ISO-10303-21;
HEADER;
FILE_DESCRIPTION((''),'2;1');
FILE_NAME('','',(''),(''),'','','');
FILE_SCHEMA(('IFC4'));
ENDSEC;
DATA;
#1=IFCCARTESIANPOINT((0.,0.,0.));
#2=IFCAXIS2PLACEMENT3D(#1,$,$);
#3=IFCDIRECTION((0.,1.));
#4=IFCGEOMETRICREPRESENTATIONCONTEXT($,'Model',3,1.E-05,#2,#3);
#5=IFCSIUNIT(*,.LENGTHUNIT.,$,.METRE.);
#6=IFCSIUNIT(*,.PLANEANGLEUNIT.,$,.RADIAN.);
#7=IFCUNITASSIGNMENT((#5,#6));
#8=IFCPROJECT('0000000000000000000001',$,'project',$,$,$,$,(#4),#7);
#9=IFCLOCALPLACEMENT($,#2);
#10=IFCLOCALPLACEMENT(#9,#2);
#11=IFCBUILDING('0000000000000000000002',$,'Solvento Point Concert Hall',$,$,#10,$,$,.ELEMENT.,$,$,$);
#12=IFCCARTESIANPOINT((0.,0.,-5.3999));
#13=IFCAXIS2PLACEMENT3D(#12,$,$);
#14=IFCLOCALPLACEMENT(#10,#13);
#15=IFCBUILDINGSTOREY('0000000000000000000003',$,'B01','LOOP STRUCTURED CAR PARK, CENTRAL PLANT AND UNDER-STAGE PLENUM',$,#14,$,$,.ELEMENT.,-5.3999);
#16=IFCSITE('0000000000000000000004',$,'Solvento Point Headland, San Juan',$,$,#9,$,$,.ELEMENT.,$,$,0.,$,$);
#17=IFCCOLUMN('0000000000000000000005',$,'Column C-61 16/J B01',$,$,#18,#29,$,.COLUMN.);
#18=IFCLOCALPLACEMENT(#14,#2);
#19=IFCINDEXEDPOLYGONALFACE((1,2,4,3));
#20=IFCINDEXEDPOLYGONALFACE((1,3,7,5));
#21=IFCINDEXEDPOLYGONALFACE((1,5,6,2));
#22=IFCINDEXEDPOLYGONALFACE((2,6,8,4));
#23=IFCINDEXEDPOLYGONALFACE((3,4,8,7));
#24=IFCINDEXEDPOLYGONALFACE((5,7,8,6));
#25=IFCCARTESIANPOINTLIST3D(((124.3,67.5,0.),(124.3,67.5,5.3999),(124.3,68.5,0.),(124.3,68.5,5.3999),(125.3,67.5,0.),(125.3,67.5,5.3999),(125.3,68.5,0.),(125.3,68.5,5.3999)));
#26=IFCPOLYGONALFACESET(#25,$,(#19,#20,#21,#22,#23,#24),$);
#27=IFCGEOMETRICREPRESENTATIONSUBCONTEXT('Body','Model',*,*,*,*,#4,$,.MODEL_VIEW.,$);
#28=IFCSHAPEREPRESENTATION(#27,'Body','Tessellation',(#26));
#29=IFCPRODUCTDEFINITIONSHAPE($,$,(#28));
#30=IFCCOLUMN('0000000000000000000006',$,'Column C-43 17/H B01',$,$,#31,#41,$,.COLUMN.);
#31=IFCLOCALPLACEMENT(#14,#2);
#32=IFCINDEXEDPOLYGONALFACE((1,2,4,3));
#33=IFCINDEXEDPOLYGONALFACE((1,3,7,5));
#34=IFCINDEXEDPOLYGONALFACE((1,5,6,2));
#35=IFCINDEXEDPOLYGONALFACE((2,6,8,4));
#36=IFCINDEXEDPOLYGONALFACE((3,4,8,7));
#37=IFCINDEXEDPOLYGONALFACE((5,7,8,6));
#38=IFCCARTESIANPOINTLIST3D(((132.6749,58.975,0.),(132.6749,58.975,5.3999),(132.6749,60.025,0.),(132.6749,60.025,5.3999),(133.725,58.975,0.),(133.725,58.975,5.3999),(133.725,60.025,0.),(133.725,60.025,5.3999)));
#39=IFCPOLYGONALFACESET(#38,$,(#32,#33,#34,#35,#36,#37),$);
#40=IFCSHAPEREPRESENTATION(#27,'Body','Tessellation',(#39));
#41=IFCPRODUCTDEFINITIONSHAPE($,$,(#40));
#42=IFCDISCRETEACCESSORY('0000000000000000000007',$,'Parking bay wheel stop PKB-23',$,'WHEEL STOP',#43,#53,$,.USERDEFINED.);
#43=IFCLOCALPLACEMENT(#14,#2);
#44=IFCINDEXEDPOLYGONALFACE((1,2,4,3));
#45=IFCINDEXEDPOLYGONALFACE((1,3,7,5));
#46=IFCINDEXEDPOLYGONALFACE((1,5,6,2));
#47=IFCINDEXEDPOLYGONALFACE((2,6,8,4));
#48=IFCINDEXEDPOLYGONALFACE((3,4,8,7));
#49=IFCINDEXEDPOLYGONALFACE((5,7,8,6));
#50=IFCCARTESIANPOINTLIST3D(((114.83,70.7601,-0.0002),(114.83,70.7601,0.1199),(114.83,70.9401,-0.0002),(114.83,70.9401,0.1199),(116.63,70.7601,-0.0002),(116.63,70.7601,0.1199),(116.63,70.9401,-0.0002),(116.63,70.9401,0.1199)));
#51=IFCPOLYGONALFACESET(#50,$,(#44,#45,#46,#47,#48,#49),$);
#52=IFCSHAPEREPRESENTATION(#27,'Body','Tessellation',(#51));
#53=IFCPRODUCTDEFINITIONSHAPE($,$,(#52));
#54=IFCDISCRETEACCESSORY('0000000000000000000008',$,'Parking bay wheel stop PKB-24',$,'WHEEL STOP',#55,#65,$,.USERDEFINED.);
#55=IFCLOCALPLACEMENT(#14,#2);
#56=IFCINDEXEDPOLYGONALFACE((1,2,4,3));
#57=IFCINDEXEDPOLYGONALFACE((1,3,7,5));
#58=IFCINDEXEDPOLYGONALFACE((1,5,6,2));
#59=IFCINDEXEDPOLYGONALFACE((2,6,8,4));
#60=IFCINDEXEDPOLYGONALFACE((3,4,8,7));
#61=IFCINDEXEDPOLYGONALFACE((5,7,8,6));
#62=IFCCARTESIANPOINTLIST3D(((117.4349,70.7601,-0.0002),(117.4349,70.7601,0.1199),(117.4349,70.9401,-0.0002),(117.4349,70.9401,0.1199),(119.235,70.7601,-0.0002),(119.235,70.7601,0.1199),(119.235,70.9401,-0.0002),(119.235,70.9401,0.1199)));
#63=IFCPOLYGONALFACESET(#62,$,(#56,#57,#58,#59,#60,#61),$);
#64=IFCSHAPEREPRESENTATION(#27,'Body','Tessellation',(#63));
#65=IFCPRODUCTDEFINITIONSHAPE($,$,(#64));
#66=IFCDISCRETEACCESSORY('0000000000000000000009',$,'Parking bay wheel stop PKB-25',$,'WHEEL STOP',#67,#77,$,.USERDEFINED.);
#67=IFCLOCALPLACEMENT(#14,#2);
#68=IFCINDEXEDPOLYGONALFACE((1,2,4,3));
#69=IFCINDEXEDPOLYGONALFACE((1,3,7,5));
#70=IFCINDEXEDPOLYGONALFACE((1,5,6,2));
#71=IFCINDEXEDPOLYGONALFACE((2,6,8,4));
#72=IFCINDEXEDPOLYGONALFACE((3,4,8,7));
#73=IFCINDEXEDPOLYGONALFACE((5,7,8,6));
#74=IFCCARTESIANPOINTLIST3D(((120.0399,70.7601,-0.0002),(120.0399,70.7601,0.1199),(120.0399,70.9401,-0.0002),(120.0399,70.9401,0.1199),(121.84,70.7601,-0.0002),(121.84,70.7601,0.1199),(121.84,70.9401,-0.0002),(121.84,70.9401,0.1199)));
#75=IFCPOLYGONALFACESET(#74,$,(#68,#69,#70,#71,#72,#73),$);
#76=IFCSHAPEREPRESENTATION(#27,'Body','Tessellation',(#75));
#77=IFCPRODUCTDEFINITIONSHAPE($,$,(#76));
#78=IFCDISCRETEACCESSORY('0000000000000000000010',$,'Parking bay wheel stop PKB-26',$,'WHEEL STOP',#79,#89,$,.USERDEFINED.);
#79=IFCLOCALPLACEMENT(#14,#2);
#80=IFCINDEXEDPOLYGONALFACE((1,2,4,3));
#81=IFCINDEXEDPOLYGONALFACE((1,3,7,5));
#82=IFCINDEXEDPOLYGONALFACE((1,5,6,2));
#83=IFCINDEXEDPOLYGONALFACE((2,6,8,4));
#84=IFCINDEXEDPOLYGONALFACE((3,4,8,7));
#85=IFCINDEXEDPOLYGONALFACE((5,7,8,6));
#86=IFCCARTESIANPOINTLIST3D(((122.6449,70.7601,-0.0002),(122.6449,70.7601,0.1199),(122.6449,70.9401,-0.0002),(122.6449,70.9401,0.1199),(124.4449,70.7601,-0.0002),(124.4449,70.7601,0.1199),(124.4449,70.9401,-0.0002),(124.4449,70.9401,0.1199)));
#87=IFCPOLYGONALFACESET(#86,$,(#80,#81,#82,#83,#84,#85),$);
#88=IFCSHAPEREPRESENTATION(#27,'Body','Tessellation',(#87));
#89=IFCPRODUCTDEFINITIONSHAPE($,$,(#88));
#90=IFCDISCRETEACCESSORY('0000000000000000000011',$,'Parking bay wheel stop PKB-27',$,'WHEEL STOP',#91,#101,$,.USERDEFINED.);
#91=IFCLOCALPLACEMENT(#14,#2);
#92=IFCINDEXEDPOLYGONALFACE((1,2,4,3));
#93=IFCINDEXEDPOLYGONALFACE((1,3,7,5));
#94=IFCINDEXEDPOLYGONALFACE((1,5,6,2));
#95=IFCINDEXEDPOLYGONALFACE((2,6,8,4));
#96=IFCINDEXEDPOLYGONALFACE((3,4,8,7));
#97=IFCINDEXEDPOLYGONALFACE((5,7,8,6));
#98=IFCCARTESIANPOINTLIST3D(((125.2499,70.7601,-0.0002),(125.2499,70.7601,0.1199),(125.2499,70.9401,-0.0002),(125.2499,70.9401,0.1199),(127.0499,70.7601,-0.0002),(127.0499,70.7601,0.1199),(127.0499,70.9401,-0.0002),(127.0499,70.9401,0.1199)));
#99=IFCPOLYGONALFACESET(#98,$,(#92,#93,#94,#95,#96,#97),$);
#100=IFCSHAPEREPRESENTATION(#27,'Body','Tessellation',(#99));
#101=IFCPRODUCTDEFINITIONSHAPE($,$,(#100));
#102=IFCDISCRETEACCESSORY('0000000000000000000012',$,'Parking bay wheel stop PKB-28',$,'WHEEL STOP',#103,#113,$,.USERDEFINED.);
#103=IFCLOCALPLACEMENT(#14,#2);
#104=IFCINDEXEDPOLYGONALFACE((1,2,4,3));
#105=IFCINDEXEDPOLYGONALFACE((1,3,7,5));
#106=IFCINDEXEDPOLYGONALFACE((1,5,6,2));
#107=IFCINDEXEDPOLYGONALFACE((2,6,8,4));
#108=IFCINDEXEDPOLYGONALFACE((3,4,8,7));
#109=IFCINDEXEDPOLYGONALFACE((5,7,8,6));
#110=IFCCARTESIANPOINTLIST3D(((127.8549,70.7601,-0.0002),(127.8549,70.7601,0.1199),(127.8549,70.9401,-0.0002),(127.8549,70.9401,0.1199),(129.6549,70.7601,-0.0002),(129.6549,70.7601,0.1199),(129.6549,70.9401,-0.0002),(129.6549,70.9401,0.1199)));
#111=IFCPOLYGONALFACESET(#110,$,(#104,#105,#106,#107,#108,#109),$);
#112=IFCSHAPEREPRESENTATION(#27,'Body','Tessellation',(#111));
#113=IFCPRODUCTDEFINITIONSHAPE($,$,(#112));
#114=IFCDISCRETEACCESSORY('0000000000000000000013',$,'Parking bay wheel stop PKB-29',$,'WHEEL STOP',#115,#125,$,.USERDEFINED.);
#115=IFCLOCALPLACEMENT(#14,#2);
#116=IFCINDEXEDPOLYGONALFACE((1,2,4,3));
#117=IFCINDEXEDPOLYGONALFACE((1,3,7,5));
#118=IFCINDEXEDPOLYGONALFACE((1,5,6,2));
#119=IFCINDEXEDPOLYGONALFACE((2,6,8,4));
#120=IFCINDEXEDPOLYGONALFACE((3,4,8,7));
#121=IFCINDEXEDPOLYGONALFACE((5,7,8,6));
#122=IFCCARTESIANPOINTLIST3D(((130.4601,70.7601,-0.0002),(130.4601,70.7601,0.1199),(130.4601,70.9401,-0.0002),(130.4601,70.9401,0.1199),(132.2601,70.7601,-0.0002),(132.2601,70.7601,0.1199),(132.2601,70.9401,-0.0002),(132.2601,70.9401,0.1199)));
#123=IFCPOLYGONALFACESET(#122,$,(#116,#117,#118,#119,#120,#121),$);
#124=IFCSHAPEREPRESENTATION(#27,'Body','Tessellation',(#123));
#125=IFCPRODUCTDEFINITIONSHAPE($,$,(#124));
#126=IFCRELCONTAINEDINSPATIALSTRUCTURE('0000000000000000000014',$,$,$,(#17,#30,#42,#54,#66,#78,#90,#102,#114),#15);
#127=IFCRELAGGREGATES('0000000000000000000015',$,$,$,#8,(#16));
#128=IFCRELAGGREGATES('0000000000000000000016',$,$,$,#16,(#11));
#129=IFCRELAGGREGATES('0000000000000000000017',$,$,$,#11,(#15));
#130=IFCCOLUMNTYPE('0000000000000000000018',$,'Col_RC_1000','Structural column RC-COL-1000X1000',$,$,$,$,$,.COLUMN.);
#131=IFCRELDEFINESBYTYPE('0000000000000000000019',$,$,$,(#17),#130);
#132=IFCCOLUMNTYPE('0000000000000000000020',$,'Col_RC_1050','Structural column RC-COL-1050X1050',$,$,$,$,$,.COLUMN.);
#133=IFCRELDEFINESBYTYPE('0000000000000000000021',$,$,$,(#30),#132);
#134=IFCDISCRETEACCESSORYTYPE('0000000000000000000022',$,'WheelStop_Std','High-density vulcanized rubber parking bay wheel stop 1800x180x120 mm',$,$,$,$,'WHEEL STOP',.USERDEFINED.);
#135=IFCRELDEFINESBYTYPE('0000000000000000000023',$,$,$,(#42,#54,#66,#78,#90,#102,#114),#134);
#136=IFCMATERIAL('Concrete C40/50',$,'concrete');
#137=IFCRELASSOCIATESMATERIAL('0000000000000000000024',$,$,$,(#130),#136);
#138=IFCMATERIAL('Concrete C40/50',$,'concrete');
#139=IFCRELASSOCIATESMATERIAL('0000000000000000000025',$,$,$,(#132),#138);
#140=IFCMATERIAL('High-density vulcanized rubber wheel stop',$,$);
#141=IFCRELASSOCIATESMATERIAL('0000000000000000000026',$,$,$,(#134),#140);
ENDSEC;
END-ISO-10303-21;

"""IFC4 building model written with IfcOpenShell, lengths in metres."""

from ifc_helpers import new_model, si_unit, direction, frame, origin, origin_2d, place, context, subcontext, project, spatial, rectangle, extrude, material, material_profile, profile_set, type_object, element, save


model = new_model("IFC4")

# Units and contexts
model_context = context("Model", 3, precision=1e-05, world=origin(), true_north=direction((0.0, 1.0)))
body_context = subcontext(model_context, "Body", "Model", "MODEL_VIEW")
ifc_project = project(units=[si_unit("LENGTHUNIT", "METRE"), si_unit("PLANEANGLEUNIT", "RADIAN")], contexts=[model_context])

# Site, building, storey
site_placement = place(None, origin())
site = spatial("IfcSite", under=ifc_project, at=site_placement, Name="Solvento Point Headland, San Juan", CompositionType="ELEMENT", RefElevation=0.0)
building_placement = place(site_placement, origin())
building = spatial("IfcBuilding", under=site, at=building_placement, Name="Solvento Point Concert Hall", CompositionType="ELEMENT")
storey_placement = place(building_placement, frame((0.0, 0.0, -5.3999)))
storey = spatial("IfcBuildingStorey", under=building, at=storey_placement, Name="B01", Description="LOOP STRUCTURED CAR PARK, CENTRAL PLANT AND UNDER-STAGE PLENUM", CompositionType="ELEMENT", Elevation=-5.3999)

# Columns
ifc_material_1 = material(Name="Concrete C40/50", Category="concrete")
ifc_material_profile_1 = material_profile(ifc_material_1, rectangle(XDim=1.0, YDim=1.0, at=origin_2d()), Name="RC-COL-1000X1000")
ifc_profile_set_1 = profile_set([ifc_material_profile_1], Name="Concrete C40/50")
column_type_1 = type_object("IfcColumnType", Name="Col_RC_1000", Description="Structural column RC-COL-1000X1000", PredefinedType="COLUMN", material=ifc_profile_set_1)
for number, where, z_axis, x_axis, name in (
    (1, (124.8, 68.0, 0.0), (0.0, 0.0, 1.0), (1.0, 0.0, 0.0), "Column C-61 16/J B01"),
):
    element("IfcColumn", number, at=place(storey_placement, frame(where, z_axis=z_axis, x_axis=x_axis)), inside=storey, type_object=column_type_1, Name=name, PredefinedType="COLUMN", context=body_context, shape_type="SweptSolid", body=[
        extrude(rectangle(XDim=1.0, YDim=1.0, at=origin_2d()), origin(), (0.0, 0.0, 1.0), 5.3999),
    ])
ifc_material_2 = material(Name="Concrete C40/50", Category="concrete")
ifc_material_profile_2 = material_profile(ifc_material_2, rectangle(XDim=1.05, YDim=1.05, at=origin_2d()), Name="RC-COL-1050X1050")
ifc_profile_set_2 = profile_set([ifc_material_profile_2], Name="Concrete C40/50")
column_type_2 = type_object("IfcColumnType", Name="Col_RC_1050", Description="Structural column RC-COL-1050X1050", PredefinedType="COLUMN", material=ifc_profile_set_2)
column_placement = place(storey_placement, frame((133.2, 59.5, 0.0), z_axis=(0.0, 0.0, 1.0), x_axis=(1.0, 0.0, 0.0)))
element("IfcColumn", 2, at=column_placement, inside=storey, type_object=column_type_2, Name="Column C-43 17/H B01", PredefinedType="COLUMN", context=body_context, shape_type="SweptSolid", body=[
    extrude(rectangle(XDim=1.05, YDim=1.05, at=origin_2d()), origin(), (0.0, 0.0, 1.0), 5.3999),
])

# Discrete accessories
ifc_material_3 = material(Name="High-density vulcanized rubber wheel stop")
discrete_accessory_type = type_object("IfcDiscreteAccessoryType", Name="WheelStop_Std", Description="High-density vulcanized rubber parking bay wheel stop 1800x180x120 mm", ElementType="WHEEL STOP", PredefinedType="USERDEFINED", material=ifc_material_3)
for number, where, z_axis, x_axis, name in (
    (3, (115.73, 70.8501, -0.0002), (0.0, 0.0, 1.0), (1.0, 0.0, 0.0), "Parking bay wheel stop PKB-23"),
    (4, (118.335, 70.8501, -0.0002), (0.0, 0.0, 1.0), (1.0, 0.0, 0.0), "Parking bay wheel stop PKB-24"),
    (5, (120.9399, 70.8501, -0.0002), (0.0, 0.0, 1.0), (1.0, 0.0, 0.0), "Parking bay wheel stop PKB-25"),
    (6, (123.5449, 70.8501, -0.0002), (0.0, 0.0, 1.0), (1.0, 0.0, 0.0), "Parking bay wheel stop PKB-26"),
    (7, (126.1499, 70.8501, -0.0002), (0.0, 0.0, 1.0), (1.0, 0.0, 0.0), "Parking bay wheel stop PKB-27"),
    (8, (128.7549, 70.8501, -0.0002), (0.0, 0.0, 1.0), (1.0, 0.0, 0.0), "Parking bay wheel stop PKB-28"),
    (9, (131.3601, 70.8501, -0.0002), (0.0, 0.0, 1.0), (1.0, 0.0, 0.0), "Parking bay wheel stop PKB-29"),
):
    element("IfcDiscreteAccessory", number, at=place(storey_placement, frame(where, z_axis=z_axis, x_axis=x_axis)), inside=storey, type_object=discrete_accessory_type, Name=name, ObjectType="WHEEL STOP", PredefinedType="USERDEFINED", context=body_context, shape_type="SweptSolid", body=[
        extrude(rectangle(XDim=1.8, YDim=0.1799, at=origin_2d()), origin(), (0.0, 0.0, 1.0), 0.1201),
    ])

save(model, "model.ifc")
